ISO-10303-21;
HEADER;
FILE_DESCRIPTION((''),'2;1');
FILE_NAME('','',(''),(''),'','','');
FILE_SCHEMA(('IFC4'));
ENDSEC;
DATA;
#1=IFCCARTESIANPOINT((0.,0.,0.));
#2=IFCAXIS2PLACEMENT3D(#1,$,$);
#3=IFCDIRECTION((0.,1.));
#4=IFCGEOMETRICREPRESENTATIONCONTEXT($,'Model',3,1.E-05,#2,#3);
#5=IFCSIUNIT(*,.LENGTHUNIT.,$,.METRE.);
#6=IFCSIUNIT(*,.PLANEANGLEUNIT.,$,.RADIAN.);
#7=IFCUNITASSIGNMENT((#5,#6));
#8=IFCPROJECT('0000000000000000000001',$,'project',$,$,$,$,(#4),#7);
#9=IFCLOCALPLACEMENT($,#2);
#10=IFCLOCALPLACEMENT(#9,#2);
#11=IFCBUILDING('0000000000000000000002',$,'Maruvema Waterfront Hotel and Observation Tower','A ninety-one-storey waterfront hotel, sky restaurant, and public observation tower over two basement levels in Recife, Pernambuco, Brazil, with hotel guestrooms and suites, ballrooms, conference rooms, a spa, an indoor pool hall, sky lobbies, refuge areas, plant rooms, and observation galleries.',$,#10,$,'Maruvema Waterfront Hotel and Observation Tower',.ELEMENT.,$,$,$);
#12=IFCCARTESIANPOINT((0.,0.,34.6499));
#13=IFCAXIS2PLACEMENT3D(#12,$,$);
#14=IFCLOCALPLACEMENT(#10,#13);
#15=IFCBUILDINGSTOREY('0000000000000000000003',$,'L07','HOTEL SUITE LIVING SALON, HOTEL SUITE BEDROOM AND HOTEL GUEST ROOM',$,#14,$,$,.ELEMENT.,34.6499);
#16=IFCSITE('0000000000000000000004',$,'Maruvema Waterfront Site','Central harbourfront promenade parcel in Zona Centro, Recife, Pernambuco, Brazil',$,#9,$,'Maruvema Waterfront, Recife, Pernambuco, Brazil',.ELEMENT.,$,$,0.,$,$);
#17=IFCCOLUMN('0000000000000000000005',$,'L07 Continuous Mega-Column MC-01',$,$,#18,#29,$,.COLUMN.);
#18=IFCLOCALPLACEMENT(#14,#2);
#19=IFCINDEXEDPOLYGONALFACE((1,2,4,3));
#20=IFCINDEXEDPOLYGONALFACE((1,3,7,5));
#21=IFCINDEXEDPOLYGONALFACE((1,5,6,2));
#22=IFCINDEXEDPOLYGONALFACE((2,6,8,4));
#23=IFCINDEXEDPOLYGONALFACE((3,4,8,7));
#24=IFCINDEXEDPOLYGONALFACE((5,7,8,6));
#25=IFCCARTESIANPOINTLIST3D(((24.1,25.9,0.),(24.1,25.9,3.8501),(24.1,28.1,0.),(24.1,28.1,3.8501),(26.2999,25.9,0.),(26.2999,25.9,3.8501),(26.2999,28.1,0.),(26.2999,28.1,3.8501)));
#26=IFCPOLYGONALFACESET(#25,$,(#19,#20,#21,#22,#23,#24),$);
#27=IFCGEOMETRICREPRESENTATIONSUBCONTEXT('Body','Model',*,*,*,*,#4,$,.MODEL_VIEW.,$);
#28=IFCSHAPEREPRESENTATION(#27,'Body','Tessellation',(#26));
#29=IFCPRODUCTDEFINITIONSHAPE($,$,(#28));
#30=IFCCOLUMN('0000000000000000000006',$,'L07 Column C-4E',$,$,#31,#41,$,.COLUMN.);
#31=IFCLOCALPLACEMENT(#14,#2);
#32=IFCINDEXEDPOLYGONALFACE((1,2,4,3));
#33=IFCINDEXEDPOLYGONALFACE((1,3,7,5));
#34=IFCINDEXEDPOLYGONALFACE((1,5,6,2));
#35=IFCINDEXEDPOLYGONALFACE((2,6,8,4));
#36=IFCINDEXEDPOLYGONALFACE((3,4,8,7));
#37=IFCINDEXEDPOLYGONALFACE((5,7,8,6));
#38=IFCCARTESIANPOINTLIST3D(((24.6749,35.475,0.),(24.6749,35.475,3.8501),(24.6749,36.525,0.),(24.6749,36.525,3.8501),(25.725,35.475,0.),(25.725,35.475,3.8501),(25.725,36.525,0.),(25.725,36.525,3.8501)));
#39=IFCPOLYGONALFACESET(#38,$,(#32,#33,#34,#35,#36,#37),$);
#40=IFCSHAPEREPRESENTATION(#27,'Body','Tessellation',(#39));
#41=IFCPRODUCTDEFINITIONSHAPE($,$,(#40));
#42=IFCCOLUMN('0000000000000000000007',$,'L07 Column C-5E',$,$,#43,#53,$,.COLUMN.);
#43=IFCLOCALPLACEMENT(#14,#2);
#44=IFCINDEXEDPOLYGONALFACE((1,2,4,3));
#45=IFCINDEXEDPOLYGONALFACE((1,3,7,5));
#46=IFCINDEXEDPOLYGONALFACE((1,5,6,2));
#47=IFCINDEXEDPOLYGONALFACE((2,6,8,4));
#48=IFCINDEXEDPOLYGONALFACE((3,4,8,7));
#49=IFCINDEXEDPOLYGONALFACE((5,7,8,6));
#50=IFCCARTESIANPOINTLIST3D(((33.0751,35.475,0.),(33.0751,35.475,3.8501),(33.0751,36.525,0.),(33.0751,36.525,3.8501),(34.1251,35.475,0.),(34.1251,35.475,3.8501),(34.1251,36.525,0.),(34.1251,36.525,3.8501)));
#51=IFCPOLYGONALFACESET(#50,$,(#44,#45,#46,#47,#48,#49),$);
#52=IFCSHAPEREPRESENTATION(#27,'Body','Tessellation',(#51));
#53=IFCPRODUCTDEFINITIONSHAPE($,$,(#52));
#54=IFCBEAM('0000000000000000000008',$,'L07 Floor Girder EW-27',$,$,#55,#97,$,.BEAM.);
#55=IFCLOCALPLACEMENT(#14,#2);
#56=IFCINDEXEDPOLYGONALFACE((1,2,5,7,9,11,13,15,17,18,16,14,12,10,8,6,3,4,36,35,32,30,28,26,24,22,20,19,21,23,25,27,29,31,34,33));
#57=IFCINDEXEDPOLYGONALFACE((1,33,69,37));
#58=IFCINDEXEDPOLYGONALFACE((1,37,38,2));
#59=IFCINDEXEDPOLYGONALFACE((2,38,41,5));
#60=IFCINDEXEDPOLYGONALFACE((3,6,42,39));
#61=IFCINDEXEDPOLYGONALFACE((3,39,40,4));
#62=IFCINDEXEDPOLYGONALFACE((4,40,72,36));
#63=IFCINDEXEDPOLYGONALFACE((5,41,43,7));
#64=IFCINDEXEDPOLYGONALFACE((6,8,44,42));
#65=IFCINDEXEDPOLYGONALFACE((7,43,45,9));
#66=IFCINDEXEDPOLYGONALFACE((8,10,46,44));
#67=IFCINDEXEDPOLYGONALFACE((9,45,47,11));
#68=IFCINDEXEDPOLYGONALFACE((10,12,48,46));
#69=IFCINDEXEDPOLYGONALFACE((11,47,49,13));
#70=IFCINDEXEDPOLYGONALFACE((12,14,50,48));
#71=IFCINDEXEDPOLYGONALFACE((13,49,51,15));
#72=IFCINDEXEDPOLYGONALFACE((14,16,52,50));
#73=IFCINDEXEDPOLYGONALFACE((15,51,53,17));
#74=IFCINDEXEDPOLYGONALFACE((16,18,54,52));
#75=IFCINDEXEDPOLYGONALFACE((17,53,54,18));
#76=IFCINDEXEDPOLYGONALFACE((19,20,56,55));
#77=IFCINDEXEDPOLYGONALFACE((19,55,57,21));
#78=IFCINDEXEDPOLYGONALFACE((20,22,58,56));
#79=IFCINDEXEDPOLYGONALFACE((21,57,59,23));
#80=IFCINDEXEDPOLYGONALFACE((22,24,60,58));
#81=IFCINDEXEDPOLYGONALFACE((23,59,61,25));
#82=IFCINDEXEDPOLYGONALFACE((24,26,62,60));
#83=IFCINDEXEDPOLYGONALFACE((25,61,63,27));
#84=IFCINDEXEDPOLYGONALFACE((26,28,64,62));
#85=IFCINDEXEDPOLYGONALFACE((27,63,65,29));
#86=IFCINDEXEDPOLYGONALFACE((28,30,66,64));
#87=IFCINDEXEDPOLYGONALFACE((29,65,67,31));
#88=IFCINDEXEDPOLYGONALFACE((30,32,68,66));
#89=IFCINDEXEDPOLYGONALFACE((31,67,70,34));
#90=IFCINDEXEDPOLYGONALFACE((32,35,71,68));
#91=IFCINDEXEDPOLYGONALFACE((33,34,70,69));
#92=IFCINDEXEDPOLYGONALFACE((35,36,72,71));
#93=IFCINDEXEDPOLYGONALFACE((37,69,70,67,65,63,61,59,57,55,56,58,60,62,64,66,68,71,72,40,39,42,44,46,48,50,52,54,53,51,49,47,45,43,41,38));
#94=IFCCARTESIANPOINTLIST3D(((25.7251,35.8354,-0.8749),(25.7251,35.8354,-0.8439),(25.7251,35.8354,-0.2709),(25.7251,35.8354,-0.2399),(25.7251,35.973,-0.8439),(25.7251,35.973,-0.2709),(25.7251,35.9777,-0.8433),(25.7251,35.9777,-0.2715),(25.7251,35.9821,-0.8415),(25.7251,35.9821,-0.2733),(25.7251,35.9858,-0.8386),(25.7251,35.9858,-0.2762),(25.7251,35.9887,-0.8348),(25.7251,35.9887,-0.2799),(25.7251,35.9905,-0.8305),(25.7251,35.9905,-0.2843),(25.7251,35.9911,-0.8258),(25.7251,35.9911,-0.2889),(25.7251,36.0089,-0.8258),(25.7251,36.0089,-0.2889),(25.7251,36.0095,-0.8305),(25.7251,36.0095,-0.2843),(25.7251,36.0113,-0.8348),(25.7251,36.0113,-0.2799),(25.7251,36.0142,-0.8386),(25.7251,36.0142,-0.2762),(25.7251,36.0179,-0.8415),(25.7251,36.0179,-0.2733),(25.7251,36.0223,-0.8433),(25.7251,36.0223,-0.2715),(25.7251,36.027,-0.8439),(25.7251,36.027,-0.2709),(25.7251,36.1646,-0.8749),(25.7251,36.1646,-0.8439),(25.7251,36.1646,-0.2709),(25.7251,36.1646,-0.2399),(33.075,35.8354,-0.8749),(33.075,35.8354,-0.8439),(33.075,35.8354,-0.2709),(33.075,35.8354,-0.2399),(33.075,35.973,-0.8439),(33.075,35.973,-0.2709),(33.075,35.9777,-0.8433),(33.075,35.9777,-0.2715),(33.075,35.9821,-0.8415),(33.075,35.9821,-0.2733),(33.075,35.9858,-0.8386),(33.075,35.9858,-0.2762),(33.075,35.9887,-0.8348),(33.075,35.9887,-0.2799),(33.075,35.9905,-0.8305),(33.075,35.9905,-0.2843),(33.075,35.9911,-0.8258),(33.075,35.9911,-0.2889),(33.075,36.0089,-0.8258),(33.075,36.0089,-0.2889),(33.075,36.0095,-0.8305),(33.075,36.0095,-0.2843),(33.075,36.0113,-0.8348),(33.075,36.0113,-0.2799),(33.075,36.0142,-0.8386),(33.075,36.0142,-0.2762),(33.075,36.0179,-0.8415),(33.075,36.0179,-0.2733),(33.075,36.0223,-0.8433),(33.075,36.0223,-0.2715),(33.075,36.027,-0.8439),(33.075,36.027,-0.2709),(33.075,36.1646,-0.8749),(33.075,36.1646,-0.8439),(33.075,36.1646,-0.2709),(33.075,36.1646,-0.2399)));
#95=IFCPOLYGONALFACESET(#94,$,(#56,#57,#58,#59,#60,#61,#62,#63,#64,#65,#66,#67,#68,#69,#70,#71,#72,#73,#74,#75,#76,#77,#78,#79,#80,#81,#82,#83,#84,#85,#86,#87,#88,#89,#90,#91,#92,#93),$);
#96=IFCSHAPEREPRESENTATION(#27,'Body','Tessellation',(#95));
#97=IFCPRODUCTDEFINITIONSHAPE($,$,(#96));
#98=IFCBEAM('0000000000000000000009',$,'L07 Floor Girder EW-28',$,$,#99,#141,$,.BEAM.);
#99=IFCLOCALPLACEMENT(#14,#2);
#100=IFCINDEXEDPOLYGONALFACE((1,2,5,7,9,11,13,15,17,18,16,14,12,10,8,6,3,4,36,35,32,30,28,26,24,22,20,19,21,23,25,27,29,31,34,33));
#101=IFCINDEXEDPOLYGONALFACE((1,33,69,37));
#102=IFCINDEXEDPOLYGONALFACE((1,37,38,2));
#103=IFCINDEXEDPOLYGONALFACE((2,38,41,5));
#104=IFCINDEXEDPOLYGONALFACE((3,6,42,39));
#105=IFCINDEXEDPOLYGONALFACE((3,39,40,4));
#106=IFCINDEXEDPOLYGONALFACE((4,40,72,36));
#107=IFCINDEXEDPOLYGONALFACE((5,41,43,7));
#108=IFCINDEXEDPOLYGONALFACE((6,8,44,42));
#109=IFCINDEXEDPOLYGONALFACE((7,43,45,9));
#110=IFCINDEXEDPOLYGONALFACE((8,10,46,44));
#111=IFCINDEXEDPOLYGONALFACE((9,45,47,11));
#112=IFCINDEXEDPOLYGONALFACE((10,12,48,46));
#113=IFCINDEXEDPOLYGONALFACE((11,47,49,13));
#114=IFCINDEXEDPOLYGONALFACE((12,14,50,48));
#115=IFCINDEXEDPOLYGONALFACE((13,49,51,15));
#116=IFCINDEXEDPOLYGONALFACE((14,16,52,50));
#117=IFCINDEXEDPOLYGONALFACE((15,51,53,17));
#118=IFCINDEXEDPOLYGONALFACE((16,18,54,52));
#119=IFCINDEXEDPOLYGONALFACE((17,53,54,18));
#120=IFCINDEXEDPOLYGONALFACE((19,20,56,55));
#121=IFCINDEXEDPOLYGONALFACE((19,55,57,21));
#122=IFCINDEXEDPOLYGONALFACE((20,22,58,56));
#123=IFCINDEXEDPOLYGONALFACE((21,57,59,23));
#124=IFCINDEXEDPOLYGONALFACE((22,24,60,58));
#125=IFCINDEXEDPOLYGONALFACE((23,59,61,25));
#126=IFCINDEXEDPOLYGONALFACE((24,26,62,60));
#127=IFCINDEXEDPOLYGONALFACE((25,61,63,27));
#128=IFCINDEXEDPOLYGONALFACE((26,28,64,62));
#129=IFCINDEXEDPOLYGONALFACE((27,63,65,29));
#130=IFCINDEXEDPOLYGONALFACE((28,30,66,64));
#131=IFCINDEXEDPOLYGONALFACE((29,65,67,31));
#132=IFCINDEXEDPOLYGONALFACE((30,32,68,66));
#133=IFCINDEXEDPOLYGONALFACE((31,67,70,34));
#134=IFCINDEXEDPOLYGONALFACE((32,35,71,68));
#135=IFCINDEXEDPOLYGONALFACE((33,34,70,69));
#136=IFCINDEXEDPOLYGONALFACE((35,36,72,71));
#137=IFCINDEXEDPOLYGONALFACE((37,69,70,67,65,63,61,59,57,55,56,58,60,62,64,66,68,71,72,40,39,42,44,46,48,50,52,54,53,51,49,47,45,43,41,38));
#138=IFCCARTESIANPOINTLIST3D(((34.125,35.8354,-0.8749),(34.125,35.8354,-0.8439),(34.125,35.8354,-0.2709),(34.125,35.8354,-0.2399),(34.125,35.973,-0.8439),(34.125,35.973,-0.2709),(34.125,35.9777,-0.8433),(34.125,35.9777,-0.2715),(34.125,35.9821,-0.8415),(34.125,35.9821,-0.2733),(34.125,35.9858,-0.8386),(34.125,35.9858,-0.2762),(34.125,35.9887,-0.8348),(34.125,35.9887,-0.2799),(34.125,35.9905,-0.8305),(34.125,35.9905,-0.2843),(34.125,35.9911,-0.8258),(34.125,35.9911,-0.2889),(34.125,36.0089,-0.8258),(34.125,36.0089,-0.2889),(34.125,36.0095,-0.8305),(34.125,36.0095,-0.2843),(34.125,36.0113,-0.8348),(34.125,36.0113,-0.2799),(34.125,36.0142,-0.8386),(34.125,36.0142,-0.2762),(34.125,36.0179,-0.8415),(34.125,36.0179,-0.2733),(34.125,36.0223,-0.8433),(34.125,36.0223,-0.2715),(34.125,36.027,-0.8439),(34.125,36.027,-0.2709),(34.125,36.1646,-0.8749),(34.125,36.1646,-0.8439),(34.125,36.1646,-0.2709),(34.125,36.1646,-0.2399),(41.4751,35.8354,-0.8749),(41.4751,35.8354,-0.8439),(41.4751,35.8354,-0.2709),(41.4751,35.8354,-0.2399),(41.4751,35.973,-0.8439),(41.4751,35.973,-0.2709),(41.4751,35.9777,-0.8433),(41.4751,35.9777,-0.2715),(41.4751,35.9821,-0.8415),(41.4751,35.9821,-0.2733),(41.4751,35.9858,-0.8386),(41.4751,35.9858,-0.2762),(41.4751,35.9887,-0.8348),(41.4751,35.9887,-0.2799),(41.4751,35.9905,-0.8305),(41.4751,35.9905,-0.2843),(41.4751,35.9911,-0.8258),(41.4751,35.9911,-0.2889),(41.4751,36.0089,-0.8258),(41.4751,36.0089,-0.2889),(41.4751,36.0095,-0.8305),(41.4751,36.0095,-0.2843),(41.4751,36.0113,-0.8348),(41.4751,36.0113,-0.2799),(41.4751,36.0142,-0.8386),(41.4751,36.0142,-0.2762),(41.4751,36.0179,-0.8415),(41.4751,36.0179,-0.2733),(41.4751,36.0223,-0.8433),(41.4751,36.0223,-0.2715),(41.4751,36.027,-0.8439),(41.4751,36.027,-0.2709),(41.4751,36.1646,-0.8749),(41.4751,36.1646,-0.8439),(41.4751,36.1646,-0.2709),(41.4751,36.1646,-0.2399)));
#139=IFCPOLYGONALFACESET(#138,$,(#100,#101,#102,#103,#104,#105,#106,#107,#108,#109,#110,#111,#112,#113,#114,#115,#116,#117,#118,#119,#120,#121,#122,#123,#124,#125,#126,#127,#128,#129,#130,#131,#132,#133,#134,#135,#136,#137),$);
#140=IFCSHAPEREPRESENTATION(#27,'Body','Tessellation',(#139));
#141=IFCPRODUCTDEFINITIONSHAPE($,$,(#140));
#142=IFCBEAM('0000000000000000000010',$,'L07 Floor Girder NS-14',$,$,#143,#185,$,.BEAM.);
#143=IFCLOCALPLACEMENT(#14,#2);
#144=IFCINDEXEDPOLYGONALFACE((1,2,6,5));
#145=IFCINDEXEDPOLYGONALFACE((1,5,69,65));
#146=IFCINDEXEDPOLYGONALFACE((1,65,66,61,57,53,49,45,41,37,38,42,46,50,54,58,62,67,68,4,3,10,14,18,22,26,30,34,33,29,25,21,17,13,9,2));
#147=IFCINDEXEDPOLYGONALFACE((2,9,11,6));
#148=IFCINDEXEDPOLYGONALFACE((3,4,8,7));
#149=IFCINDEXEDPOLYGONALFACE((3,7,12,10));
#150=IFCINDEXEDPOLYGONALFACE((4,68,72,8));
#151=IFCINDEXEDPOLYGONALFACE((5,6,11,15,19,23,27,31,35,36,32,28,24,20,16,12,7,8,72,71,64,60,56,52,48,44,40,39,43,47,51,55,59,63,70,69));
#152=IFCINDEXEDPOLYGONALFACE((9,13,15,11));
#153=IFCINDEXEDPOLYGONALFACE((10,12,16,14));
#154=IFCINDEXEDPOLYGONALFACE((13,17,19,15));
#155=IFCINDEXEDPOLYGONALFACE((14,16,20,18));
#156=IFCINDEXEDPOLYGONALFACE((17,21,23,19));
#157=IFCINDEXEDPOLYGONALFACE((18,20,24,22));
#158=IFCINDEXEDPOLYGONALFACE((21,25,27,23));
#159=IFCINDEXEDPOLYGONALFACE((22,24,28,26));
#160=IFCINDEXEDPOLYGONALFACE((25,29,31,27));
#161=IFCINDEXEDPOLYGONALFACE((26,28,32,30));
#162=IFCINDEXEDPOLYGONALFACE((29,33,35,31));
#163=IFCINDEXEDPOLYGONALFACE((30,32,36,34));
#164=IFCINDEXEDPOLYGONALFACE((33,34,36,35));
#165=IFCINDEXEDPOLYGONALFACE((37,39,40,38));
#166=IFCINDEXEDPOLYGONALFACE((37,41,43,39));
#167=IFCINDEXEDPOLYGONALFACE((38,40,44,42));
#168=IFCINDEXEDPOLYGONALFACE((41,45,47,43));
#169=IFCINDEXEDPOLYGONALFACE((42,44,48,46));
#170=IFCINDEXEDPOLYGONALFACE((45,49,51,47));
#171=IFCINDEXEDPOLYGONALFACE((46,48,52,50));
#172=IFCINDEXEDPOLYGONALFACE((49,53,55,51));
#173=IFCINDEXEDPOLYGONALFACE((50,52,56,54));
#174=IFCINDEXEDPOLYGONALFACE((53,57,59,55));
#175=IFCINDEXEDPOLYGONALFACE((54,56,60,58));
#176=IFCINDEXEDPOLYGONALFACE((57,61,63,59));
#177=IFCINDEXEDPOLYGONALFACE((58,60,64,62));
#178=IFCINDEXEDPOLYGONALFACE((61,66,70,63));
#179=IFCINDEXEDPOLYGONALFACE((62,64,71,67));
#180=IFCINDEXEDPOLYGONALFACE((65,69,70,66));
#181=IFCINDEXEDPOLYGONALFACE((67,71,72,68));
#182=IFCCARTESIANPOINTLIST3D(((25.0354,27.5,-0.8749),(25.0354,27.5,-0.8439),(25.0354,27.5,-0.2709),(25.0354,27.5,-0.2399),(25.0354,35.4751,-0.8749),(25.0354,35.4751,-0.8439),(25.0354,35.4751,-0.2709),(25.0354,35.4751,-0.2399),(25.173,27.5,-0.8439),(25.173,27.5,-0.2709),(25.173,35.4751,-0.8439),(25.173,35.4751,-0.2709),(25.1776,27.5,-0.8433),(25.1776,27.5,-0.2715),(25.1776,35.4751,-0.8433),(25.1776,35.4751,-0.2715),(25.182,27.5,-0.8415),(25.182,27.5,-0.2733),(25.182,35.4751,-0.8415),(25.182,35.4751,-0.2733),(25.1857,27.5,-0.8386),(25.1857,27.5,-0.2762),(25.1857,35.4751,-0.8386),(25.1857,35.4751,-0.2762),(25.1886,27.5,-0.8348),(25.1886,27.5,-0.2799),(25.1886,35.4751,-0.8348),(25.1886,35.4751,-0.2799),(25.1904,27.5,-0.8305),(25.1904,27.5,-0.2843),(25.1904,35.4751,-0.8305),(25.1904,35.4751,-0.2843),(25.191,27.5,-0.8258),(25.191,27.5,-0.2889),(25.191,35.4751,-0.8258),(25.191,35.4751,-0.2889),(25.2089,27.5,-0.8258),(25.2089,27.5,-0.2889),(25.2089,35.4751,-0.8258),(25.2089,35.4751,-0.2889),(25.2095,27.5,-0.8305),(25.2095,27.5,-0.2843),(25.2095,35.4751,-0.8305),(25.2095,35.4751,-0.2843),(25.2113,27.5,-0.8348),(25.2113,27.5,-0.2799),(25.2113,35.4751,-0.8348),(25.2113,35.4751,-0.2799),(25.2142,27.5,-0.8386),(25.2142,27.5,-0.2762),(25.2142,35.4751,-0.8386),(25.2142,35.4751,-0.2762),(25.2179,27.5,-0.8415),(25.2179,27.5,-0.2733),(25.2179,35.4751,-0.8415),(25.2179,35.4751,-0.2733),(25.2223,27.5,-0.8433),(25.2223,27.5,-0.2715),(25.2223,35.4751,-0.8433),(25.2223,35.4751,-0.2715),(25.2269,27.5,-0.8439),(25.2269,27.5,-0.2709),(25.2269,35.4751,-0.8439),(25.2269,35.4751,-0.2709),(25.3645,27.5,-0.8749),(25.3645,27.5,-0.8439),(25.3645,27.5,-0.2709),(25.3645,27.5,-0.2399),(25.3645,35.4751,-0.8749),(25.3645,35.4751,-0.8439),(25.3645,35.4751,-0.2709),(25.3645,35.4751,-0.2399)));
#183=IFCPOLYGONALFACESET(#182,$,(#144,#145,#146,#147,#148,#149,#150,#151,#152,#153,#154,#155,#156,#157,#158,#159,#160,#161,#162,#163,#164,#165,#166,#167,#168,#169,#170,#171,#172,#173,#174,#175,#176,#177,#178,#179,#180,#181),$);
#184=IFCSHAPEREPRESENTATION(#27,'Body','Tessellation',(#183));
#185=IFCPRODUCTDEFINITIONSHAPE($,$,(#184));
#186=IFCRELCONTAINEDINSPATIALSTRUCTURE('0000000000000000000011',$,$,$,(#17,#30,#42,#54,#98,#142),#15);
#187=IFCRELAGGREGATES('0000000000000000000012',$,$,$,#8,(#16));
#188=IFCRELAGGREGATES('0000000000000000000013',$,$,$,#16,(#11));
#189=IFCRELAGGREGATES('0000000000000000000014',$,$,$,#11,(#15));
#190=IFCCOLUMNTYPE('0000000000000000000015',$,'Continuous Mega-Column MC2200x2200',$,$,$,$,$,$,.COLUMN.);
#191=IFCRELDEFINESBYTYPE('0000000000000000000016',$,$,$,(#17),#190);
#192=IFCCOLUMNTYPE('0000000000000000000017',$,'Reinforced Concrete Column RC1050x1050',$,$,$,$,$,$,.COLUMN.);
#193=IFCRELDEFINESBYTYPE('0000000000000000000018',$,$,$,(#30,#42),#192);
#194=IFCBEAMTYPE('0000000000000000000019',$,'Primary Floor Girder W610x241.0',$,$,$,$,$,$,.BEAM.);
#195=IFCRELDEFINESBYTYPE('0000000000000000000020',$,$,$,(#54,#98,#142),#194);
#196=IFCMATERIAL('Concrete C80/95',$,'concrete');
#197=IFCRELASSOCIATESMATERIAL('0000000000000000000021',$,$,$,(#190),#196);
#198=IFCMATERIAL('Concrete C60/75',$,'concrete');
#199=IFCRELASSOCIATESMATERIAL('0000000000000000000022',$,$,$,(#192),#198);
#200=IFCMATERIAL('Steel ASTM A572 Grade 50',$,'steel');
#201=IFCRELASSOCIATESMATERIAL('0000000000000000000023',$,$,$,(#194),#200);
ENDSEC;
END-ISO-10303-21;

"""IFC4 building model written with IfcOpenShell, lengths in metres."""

from ifc_helpers import new_model, si_unit, direction, frame, origin, origin_2d, place, context, subcontext, project, spatial, rectangle, i_section, extrude, material, material_profile, profile_set, type_object, element, save


model = new_model("IFC4")

# Units and contexts
model_context = context("Model", 3, precision=1e-05, world=origin(), true_north=direction((0.0, 1.0)))
body_context = subcontext(model_context, "Body", "Model", "MODEL_VIEW")
ifc_project = project(units=[si_unit("LENGTHUNIT", "METRE"), si_unit("PLANEANGLEUNIT", "RADIAN")], contexts=[model_context])

# Site, building, storey
site_placement = place(None, origin())
site = spatial("IfcSite", under=ifc_project, at=site_placement, Name="Maruvema Waterfront Site", Description="Central harbourfront promenade parcel in Zona Centro, Recife, Pernambuco, Brazil", LongName="Maruvema Waterfront, Recife, Pernambuco, Brazil", CompositionType="ELEMENT", RefElevation=0.0)
building_placement = place(site_placement, origin())
building = spatial("IfcBuilding", under=site, at=building_placement, Name="Maruvema Waterfront Hotel and Observation Tower", Description="A ninety-one-storey waterfront hotel, sky restaurant, and public observation tower over two basement levels in Recife, Pernambuco, Brazil, with hotel guestrooms and suites, ballrooms, conference rooms, a spa, an indoor pool hall, sky lobbies, refuge areas, plant rooms, and observation galleries.", LongName="Maruvema Waterfront Hotel and Observation Tower", CompositionType="ELEMENT")
storey_placement = place(building_placement, frame((0.0, 0.0, 34.6499)))
storey = spatial("IfcBuildingStorey", under=building, at=storey_placement, Name="L07", Description="HOTEL SUITE LIVING SALON, HOTEL SUITE BEDROOM AND HOTEL GUEST ROOM", CompositionType="ELEMENT", Elevation=34.6499)

# Columns
ifc_material_1 = material(Name="Concrete C80/95", Category="concrete")
ifc_material_profile_1 = material_profile(ifc_material_1, rectangle(XDim=2.2, YDim=2.2, at=origin_2d()), Name="MC2200x2200")
ifc_profile_set_1 = profile_set([ifc_material_profile_1], Name="Concrete C80/95")
column_type_1 = type_object("IfcColumnType", Name="Continuous Mega-Column MC2200x2200", PredefinedType="COLUMN", material=ifc_profile_set_1)
column_placement = place(storey_placement, frame((25.2, 27.0, 0.0), z_axis=(0.0, 0.0, 1.0), x_axis=(1.0, 0.0, 0.0)))
element("IfcColumn", 1, at=column_placement, inside=storey, type_object=column_type_1, Name="L07 Continuous Mega-Column MC-01", PredefinedType="COLUMN", context=body_context, shape_type="SweptSolid", body=[
    extrude(rectangle(XDim=2.2, YDim=2.2, at=origin_2d()), origin(), (0.0, 0.0, 1.0), 3.8501),
])
ifc_material_2 = material(Name="Concrete C60/75", Category="concrete")
ifc_material_profile_2 = material_profile(ifc_material_2, rectangle(XDim=1.05, YDim=1.05, at=origin_2d()), Name="RC1050x1050")
ifc_profile_set_2 = profile_set([ifc_material_profile_2], Name="Concrete C60/75")
column_type_2 = type_object("IfcColumnType", Name="Reinforced Concrete Column RC1050x1050", PredefinedType="COLUMN", material=ifc_profile_set_2)
for number, where, z_axis, x_axis, name in (
    (2, (25.2, 36.0, 0.0), (0.0, 0.0, 1.0), (1.0, 0.0, 0.0), "L07 Column C-4E"),
    (3, (33.6001, 36.0, 0.0), (0.0, 0.0, 1.0), (1.0, 0.0, 0.0), "L07 Column C-5E"),
):
    element("IfcColumn", number, at=place(storey_placement, frame(where, z_axis=z_axis, x_axis=x_axis)), inside=storey, type_object=column_type_2, Name=name, PredefinedType="COLUMN", context=body_context, shape_type="SweptSolid", body=[
        extrude(rectangle(XDim=1.05, YDim=1.05, at=origin_2d()), origin(), (0.0, 0.0, 1.0), 3.8501),
    ])

# Beams
ifc_material_3 = material(Name="Steel ASTM A572 Grade 50", Category="steel")
ifc_material_profile_3 = material_profile(ifc_material_3, i_section(OverallWidth=0.3291, OverallDepth=0.635, WebThickness=0.0178, FlangeThickness=0.031, FilletRadius=0.0181, at=origin_2d()), Name="W610x241.0")
ifc_profile_set_3 = profile_set([ifc_material_profile_3], Name="Steel ASTM A572 Grade 50")
beam_type_1 = type_object("IfcBeamType", Name="Primary Floor Girder W610x241.0", PredefinedType="BEAM", material=ifc_profile_set_3)
beam_1_placement = place(storey_placement, frame((25.7251, 36.0, -0.5574), z_axis=(1.0, 0.0, 0.0), x_axis=(0.0, 1.0, 0.0)))
element("IfcBeam", 4, at=beam_1_placement, inside=storey, type_object=beam_type_1, Name="L07 Floor Girder EW-27", PredefinedType="BEAM", context=body_context, shape_type="SweptSolid", body=[
    extrude(i_section(OverallWidth=0.3291, OverallDepth=0.635, WebThickness=0.0178, FlangeThickness=0.031, FilletRadius=0.0181, at=origin_2d()), origin(), (0.0, 0.0, 1.0), 7.3499),
])
beam_2_placement = place(storey_placement, frame((34.125, 36.0, -0.5574), z_axis=(1.0, 0.0, 0.0), x_axis=(0.0, 1.0, 0.0)))
element("IfcBeam", 5, at=beam_2_placement, inside=storey, type_object=beam_type_1, Name="L07 Floor Girder EW-28", PredefinedType="BEAM", context=body_context, shape_type="SweptSolid", body=[
    extrude(i_section(OverallWidth=0.3291, OverallDepth=0.635, WebThickness=0.0178, FlangeThickness=0.031, FilletRadius=0.0181, at=origin_2d()), origin(), (0.0, 0.0, 1.0), 7.3501),
])
for number, where, z_axis, x_axis, name in (
    (6, (25.2, 27.5, -0.5574), (0.0, 1.0, 0.0), (-1.0, 0.0, 0.0), "L07 Floor Girder NS-14"),
):
    element("IfcBeam", number, at=place(storey_placement, frame(where, z_axis=z_axis, x_axis=x_axis)), inside=storey, type_object=beam_type_1, Name=name, PredefinedType="BEAM", context=body_context, shape_type="SweptSolid", body=[
        extrude(i_section(OverallWidth=0.3291, OverallDepth=0.635, WebThickness=0.0178, FlangeThickness=0.031, FilletRadius=0.0181, at=origin_2d()), origin(), (0.0, 0.0, 1.0), 7.9751),
    ])

save(model, "model.ifc")
